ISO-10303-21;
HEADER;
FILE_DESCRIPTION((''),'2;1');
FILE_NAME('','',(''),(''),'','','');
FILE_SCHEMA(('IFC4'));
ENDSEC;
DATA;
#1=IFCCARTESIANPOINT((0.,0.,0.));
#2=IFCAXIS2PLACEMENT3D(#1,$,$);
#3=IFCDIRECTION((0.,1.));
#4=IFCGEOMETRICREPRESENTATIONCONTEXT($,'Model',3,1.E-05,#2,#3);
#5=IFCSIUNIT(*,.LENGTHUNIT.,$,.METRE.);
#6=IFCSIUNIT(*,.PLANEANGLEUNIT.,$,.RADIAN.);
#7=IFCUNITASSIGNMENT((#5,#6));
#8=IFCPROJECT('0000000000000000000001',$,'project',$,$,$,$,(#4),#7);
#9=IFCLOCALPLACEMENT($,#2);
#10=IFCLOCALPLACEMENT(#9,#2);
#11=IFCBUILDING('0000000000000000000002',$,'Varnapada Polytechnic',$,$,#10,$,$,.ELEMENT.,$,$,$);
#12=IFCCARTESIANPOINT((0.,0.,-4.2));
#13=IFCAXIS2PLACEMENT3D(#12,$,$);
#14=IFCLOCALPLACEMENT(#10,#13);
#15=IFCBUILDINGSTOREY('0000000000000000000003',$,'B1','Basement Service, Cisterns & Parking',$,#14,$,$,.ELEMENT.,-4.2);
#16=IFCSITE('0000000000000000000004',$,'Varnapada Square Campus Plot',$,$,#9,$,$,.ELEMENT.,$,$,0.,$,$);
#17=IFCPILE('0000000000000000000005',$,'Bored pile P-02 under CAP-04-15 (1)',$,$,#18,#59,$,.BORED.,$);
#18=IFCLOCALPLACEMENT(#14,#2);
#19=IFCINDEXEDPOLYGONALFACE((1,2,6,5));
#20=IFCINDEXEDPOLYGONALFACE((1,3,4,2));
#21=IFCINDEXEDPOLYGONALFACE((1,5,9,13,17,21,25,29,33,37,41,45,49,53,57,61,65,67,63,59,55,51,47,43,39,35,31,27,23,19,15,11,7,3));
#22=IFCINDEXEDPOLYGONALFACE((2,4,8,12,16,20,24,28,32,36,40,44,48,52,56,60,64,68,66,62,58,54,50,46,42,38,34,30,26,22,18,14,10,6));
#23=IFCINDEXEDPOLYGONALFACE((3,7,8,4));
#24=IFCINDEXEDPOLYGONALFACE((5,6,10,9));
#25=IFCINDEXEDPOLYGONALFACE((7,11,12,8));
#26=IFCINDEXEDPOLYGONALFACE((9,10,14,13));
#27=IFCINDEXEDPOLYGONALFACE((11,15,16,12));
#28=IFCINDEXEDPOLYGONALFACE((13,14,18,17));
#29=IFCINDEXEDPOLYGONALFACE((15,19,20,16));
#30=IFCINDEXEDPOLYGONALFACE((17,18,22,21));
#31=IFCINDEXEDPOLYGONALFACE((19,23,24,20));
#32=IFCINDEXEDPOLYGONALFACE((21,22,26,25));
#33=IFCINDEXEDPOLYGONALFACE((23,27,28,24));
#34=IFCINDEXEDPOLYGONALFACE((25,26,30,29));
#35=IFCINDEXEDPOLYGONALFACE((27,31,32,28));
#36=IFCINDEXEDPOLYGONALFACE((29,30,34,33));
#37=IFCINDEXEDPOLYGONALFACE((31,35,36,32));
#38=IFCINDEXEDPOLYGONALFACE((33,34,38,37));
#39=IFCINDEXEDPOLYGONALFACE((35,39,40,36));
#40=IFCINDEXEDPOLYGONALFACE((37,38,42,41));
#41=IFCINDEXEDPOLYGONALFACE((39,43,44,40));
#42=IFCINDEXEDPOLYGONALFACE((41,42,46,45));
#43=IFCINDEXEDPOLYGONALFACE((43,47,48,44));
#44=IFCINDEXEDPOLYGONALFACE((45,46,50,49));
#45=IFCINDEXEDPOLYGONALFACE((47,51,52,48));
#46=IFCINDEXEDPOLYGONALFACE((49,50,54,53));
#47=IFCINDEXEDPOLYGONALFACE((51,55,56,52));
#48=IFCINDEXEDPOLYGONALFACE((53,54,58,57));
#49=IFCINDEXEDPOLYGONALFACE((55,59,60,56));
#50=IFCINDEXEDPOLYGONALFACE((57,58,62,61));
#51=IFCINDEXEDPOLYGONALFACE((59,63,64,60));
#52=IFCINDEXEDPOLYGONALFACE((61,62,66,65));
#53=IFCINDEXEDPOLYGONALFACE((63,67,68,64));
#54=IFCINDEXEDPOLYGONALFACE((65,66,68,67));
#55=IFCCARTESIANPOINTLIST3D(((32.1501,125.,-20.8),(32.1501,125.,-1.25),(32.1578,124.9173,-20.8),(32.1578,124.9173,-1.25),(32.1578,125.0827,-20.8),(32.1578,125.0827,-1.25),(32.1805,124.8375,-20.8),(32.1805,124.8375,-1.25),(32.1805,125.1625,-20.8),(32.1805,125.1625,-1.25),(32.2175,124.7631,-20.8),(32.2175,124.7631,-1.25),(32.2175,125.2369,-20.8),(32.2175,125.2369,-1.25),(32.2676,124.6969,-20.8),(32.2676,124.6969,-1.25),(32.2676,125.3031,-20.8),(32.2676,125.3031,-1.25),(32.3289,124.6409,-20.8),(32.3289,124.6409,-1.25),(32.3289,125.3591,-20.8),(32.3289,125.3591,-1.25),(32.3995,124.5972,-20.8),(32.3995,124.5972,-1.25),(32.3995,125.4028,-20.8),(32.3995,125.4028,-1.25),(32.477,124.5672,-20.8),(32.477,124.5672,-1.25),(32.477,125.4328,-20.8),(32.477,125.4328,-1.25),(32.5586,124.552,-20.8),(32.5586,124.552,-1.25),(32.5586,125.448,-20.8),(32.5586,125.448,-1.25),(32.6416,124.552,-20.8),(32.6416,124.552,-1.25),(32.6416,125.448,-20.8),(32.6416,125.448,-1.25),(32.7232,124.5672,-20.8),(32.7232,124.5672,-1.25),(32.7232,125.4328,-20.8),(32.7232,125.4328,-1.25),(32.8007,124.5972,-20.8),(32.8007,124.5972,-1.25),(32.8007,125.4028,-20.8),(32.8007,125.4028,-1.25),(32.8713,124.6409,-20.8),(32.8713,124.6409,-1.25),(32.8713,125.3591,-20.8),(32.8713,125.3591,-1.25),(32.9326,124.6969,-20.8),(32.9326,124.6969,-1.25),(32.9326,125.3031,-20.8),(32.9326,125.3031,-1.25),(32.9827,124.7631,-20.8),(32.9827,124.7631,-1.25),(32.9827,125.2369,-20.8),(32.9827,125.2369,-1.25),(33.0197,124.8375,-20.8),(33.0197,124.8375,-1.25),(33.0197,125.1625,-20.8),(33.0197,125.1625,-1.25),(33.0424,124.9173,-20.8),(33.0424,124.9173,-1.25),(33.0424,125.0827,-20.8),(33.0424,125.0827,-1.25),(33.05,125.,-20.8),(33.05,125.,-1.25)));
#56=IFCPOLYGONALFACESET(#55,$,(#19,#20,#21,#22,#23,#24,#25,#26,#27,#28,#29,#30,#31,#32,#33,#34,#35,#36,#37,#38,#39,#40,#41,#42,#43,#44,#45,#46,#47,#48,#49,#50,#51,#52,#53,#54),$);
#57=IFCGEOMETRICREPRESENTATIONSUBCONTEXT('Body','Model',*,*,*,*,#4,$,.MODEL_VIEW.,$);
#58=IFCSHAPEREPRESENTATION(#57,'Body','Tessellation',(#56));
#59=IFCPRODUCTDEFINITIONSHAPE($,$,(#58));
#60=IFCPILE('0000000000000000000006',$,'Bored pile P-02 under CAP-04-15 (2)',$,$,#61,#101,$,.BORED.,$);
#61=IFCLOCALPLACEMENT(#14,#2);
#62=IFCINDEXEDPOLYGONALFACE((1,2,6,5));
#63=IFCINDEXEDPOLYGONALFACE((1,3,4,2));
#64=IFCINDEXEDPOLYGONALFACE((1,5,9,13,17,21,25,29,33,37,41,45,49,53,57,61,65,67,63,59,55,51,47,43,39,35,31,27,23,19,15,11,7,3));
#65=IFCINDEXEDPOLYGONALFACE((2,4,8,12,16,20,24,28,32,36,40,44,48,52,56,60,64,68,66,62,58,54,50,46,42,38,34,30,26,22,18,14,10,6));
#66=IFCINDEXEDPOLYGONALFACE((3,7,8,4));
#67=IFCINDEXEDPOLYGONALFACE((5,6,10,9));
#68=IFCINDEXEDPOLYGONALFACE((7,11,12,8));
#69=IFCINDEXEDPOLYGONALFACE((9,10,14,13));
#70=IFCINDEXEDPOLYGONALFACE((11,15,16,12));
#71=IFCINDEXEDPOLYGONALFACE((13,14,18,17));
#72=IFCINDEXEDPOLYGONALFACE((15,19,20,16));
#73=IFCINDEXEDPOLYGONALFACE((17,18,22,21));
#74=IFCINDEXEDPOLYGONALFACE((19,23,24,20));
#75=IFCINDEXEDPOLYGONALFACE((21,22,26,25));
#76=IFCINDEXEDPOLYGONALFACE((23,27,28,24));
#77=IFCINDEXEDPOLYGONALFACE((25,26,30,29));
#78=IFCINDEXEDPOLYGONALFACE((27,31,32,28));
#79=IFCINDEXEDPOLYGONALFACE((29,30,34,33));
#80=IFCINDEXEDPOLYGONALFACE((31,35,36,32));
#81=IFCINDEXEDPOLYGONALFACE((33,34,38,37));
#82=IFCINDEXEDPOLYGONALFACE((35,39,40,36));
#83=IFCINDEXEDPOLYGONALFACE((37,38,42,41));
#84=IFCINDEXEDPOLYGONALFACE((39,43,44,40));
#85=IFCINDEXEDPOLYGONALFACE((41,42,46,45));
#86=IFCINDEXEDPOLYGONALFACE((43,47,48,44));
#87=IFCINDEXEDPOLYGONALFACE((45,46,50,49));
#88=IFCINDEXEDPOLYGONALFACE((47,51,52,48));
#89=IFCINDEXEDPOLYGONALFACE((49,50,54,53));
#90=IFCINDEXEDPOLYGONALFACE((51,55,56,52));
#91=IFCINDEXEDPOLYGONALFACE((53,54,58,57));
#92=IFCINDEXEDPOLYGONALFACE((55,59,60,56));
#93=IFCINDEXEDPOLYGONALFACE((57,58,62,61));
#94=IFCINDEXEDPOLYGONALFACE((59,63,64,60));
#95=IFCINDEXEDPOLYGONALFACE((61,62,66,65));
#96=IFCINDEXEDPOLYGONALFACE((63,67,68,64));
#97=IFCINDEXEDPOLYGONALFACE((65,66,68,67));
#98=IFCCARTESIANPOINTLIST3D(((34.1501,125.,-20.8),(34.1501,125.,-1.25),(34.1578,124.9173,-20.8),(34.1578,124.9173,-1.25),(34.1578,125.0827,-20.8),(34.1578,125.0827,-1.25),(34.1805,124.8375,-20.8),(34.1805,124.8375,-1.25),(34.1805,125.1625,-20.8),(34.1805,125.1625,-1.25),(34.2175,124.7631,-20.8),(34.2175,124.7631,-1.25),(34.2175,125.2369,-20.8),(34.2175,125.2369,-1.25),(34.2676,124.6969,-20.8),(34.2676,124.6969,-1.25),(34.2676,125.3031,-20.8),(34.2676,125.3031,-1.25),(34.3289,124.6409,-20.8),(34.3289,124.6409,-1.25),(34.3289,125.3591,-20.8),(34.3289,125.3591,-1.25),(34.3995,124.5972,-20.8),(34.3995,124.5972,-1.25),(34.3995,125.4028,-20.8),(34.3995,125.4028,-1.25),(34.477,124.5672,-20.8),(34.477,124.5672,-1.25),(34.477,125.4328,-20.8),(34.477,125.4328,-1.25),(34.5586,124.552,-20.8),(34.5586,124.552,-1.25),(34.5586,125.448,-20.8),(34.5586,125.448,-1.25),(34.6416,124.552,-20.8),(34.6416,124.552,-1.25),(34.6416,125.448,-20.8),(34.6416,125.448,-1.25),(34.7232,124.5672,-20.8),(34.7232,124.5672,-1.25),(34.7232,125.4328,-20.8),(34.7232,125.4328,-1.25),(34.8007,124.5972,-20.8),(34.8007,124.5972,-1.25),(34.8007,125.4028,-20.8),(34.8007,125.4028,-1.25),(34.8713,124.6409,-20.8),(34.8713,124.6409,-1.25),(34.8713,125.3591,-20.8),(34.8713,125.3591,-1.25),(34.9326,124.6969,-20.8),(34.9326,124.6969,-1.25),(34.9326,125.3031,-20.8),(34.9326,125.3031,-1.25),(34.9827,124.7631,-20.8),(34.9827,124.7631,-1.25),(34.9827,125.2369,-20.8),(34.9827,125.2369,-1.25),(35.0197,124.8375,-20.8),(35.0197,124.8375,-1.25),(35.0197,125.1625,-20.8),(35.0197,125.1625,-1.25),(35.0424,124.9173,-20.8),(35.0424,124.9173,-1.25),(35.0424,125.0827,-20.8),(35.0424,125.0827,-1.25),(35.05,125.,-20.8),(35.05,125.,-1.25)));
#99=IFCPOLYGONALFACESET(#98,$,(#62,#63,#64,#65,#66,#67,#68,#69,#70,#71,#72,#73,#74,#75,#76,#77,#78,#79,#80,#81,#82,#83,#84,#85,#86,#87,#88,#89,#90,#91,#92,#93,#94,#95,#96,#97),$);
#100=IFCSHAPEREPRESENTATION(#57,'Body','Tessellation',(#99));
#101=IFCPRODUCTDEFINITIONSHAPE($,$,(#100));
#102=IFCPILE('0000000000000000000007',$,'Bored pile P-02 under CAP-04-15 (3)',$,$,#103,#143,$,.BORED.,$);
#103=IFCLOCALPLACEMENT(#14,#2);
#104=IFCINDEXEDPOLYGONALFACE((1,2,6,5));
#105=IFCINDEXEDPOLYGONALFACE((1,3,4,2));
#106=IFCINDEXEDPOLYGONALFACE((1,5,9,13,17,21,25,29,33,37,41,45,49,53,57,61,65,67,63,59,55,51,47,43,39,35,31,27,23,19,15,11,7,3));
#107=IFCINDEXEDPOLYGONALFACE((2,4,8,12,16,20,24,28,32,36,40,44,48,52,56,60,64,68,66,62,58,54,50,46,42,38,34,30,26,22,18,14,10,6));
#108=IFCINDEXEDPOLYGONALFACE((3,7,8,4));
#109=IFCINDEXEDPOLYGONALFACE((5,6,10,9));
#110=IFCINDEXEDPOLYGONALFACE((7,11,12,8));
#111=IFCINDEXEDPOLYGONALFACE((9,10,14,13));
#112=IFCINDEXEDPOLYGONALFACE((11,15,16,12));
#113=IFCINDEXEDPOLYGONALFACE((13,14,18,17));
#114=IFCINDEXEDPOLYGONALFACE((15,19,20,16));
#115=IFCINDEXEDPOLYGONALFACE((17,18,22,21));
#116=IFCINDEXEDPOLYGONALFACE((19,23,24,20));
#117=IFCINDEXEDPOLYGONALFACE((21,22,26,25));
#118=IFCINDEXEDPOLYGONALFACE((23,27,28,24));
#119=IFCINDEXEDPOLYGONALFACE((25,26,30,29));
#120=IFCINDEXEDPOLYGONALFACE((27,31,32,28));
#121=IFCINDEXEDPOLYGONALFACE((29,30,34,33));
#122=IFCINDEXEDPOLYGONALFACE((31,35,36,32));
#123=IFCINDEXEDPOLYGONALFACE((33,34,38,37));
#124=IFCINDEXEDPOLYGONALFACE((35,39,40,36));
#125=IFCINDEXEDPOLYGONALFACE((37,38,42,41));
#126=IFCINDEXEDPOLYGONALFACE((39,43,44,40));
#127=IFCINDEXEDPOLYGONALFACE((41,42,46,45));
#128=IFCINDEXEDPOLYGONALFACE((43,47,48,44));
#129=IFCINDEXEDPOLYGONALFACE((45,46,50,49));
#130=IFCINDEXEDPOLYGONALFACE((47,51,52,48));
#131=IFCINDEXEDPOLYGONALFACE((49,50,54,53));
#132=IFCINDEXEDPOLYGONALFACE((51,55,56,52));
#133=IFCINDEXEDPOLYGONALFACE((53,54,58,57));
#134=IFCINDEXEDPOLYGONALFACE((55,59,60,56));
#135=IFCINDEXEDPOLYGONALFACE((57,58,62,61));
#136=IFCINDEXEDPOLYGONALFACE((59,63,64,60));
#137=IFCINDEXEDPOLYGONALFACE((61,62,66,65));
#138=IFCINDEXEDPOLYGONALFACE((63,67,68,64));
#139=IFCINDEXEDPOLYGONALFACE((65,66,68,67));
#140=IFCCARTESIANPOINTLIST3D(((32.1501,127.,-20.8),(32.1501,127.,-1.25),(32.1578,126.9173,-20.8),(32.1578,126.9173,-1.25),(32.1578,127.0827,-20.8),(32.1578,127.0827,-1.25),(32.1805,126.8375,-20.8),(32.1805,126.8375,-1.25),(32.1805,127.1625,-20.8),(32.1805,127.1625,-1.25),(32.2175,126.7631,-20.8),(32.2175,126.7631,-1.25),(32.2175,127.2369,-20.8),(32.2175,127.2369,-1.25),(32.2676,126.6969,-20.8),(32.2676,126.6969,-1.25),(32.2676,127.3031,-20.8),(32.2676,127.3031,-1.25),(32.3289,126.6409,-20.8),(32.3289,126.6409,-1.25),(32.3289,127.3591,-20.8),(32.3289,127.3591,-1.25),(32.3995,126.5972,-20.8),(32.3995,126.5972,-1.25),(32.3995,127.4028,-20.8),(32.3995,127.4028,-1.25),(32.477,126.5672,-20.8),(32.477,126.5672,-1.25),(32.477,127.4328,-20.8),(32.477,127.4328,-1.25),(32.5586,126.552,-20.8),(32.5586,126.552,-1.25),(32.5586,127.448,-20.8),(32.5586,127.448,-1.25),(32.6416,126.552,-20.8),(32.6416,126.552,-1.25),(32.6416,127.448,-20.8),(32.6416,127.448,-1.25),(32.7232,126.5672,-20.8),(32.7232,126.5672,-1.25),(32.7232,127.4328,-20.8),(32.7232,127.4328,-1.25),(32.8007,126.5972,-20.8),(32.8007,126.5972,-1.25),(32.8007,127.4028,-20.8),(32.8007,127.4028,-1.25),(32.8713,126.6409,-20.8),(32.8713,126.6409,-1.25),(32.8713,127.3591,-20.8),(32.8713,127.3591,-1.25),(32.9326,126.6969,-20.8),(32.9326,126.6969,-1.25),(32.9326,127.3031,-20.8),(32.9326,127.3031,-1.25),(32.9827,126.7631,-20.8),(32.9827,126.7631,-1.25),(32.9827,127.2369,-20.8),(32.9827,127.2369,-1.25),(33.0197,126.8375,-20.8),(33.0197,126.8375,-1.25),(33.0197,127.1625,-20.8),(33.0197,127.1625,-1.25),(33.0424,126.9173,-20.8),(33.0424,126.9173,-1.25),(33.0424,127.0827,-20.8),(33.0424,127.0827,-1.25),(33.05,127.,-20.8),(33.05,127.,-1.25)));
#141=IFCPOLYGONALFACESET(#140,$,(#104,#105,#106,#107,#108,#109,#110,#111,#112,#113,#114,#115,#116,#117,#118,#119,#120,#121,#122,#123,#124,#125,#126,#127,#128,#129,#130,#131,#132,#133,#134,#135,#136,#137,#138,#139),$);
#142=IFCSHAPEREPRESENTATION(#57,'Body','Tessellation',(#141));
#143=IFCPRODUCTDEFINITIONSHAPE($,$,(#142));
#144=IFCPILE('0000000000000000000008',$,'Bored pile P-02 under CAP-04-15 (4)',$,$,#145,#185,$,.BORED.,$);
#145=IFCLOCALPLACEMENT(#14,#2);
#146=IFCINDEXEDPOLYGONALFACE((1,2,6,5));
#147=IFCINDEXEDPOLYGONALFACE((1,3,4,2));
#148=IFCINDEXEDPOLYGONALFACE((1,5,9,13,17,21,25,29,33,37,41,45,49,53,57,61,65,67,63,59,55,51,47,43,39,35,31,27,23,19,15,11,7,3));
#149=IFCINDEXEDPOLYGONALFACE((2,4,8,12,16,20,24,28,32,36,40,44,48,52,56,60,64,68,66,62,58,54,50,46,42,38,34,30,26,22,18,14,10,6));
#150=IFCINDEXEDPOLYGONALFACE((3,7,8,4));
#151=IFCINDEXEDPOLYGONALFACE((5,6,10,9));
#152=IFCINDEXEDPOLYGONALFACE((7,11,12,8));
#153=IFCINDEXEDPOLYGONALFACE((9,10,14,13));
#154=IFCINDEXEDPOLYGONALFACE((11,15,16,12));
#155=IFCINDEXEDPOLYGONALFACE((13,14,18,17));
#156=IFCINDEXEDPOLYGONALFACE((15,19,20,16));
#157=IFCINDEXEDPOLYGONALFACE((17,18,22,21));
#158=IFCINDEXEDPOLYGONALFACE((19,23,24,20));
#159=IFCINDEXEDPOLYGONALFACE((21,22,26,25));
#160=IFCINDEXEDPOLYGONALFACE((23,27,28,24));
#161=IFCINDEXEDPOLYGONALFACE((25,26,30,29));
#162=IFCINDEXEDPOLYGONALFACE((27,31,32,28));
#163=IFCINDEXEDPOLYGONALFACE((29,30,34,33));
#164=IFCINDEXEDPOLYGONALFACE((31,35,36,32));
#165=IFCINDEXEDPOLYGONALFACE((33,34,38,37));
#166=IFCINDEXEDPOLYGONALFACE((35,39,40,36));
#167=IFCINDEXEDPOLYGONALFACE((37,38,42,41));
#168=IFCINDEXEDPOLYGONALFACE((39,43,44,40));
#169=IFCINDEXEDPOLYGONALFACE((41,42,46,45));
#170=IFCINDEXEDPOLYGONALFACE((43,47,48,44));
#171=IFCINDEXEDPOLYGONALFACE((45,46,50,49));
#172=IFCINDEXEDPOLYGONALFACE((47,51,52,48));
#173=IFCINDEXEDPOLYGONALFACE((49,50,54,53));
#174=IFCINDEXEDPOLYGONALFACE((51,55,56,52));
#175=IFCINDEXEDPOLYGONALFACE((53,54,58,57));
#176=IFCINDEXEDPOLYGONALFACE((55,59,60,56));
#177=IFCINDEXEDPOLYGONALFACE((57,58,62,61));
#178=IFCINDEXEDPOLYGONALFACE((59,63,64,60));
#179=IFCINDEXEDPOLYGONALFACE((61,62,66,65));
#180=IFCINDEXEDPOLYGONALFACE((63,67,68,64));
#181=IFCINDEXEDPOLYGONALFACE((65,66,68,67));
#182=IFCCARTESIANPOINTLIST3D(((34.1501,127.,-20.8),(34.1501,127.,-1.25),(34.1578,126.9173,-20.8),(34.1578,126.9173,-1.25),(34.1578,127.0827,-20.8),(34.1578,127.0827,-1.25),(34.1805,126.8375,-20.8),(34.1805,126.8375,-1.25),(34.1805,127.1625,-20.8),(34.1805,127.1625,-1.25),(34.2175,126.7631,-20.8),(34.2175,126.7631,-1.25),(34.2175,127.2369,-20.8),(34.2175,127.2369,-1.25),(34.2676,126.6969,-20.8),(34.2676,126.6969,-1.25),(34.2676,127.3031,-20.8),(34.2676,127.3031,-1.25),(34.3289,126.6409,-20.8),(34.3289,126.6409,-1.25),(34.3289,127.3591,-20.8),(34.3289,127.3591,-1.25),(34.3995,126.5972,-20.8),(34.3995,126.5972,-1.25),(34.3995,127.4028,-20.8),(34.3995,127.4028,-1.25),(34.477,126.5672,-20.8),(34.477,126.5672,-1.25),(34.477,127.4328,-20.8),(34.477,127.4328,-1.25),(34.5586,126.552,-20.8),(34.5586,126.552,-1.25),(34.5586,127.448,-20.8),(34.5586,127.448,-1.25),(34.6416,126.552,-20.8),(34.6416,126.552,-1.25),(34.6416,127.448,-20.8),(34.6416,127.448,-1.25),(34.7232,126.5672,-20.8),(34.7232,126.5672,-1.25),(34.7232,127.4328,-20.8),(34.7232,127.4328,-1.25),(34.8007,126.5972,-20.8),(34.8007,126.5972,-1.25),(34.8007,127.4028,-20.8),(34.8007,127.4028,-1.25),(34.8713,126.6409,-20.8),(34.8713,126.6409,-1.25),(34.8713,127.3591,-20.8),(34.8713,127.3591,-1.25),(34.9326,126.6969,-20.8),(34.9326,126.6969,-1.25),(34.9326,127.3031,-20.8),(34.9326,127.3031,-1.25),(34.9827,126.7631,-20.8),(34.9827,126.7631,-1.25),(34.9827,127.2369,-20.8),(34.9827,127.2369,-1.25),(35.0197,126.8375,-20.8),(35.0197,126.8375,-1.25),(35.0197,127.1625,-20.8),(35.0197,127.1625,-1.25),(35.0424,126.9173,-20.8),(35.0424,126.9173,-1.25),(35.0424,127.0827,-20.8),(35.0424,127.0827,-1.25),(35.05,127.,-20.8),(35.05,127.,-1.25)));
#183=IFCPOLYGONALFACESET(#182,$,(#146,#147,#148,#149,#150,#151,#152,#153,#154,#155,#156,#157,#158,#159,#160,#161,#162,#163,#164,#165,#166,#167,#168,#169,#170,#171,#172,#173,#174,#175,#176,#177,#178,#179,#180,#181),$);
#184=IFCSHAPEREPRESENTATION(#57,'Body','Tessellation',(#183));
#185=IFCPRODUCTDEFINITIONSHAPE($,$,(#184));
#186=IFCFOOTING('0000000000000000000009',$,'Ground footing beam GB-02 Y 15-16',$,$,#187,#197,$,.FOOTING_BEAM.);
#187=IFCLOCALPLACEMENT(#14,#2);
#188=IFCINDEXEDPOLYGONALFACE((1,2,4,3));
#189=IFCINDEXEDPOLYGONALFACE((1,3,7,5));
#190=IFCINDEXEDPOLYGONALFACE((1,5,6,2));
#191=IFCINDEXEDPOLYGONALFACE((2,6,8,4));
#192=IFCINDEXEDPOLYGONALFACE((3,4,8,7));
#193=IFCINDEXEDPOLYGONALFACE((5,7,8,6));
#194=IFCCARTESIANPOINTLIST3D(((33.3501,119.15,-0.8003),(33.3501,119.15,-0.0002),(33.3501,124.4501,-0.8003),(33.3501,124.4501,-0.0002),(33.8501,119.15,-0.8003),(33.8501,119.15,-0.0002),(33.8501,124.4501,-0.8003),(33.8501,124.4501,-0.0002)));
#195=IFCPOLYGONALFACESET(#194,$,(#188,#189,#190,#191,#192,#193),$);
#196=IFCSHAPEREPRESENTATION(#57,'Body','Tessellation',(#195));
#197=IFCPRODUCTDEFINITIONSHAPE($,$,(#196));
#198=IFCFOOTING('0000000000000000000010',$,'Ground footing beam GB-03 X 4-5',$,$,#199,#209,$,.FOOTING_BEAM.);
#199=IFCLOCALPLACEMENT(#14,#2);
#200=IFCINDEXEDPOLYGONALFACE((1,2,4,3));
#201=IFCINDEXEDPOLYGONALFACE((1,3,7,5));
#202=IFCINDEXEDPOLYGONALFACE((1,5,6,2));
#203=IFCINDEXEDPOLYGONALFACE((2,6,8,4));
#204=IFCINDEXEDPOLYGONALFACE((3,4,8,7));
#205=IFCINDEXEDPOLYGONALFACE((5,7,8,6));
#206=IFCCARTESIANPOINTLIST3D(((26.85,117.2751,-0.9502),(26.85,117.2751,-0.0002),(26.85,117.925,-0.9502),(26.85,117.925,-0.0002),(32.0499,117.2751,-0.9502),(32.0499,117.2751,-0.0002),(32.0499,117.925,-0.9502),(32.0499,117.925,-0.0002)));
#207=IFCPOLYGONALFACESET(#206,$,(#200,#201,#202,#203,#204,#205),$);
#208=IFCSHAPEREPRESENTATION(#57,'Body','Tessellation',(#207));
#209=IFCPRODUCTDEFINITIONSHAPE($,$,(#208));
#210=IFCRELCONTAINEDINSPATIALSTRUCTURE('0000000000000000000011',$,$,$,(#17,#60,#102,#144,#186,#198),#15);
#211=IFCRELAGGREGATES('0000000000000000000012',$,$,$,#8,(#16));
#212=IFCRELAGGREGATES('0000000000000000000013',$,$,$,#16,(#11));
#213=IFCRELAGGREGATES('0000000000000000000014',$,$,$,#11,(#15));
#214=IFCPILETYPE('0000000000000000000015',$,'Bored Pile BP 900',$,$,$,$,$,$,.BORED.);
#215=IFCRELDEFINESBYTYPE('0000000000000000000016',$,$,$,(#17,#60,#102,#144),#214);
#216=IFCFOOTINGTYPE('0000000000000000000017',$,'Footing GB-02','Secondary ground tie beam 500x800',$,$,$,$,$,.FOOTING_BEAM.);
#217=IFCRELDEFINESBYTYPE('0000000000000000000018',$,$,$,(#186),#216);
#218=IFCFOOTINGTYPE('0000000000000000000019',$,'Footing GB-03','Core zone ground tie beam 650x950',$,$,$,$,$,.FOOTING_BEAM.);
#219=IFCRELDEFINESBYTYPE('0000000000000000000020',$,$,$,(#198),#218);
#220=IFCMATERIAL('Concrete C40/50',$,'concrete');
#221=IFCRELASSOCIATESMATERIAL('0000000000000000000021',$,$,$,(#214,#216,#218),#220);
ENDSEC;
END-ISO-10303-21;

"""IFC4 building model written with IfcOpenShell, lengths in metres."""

from ifc_helpers import new_model, si_unit, direction, frame, origin, origin_2d, place, context, subcontext, project, spatial, rectangle, circle, extrude, material, material_profile, profile_set, type_object, element, save


model = new_model("IFC4")

# Units and contexts
model_context = context("Model", 3, precision=1e-05, world=origin(), true_north=direction((0.0, 1.0)))
body_context = subcontext(model_context, "Body", "Model", "MODEL_VIEW")
ifc_project = project(units=[si_unit("LENGTHUNIT", "METRE"), si_unit("PLANEANGLEUNIT", "RADIAN")], contexts=[model_context])

# Site, building, storey
site_placement = place(None, origin())
site = spatial("IfcSite", under=ifc_project, at=site_placement, Name="Varnapada Square Campus Plot", CompositionType="ELEMENT", RefElevation=0.0)
building_placement = place(site_placement, origin())
building = spatial("IfcBuilding", under=site, at=building_placement, Name="Varnapada Polytechnic", CompositionType="ELEMENT")
storey_placement = place(building_placement, frame((0.0, 0.0, -4.2)))
storey = spatial("IfcBuildingStorey", under=building, at=storey_placement, Name="B1", Description="Basement Service, Cisterns & Parking", CompositionType="ELEMENT", Elevation=-4.2)

# Piles
ifc_material_1 = material(Name="Concrete C40/50", Category="concrete")
ifc_material_profile_1 = material_profile(ifc_material_1, circle(Radius=0.45, at=origin_2d()), Name="BP 900")
ifc_profile_set_1 = profile_set([ifc_material_profile_1], Name="Concrete C40/50")
pile_type_1 = type_object("IfcPileType", Name="Bored Pile BP 900", PredefinedType="BORED", material=ifc_profile_set_1)
for number, where, z_axis, x_axis, name in (
    (1, (32.6001, 125.0, -1.25), (0.0, 0.0, -1.0), (1.0, 0.0, 0.0), "Bored pile P-02 under CAP-04-15 (1)"),
    (2, (34.6001, 125.0, -1.25), (0.0, 0.0, -1.0), (1.0, 0.0, 0.0), "Bored pile P-02 under CAP-04-15 (2)"),
    (3, (32.6001, 127.0, -1.25), (0.0, 0.0, -1.0), (1.0, 0.0, 0.0), "Bored pile P-02 under CAP-04-15 (3)"),
    (4, (34.6001, 127.0, -1.25), (0.0, 0.0, -1.0), (1.0, 0.0, 0.0), "Bored pile P-02 under CAP-04-15 (4)"),
):
    element("IfcPile", number, at=place(storey_placement, frame(where, z_axis=z_axis, x_axis=x_axis)), inside=storey, type_object=pile_type_1, Name=name, PredefinedType="BORED", context=body_context, shape_type="SweptSolid", body=[
        extrude(circle(Radius=0.45, at=origin_2d()), origin(), (0.0, 0.0, 1.0), 19.55),
    ])

# Footings
footing_type_1 = type_object("IfcFootingType", Name="Footing GB-02", Description="Secondary ground tie beam 500x800", PredefinedType="FOOTING_BEAM", material=ifc_material_1)
footing_1_placement = place(storey_placement, frame((33.6001, 121.8, -0.8003), z_axis=(0.0, 0.0, 1.0), x_axis=(0.0, 1.0, 0.0)))
element("IfcFooting", 5, at=footing_1_placement, inside=storey, type_object=footing_type_1, Name="Ground footing beam GB-02 Y 15-16", PredefinedType="FOOTING_BEAM", context=body_context, shape_type="SweptSolid", body=[
    extrude(rectangle(XDim=5.3, YDim=0.5, at=origin_2d()), origin(), (0.0, 0.0, 1.0), 0.8),
])
footing_type_2 = type_object("IfcFootingType", Name="Footing GB-03", Description="Core zone ground tie beam 650x950", PredefinedType="FOOTING_BEAM", material=ifc_material_1)
footing_2_placement = place(storey_placement, frame((29.45, 117.6001, -0.9502), z_axis=(0.0, 0.0, 1.0), x_axis=(1.0, 0.0, 0.0)))
element("IfcFooting", 6, at=footing_2_placement, inside=storey, type_object=footing_type_2, Name="Ground footing beam GB-03 X 4-5", PredefinedType="FOOTING_BEAM", context=body_context, shape_type="SweptSolid", body=[
    extrude(rectangle(XDim=5.2, YDim=0.6499, at=origin_2d()), origin(), (0.0, 0.0, 1.0), 0.95),
])

save(model, "model.ifc")
